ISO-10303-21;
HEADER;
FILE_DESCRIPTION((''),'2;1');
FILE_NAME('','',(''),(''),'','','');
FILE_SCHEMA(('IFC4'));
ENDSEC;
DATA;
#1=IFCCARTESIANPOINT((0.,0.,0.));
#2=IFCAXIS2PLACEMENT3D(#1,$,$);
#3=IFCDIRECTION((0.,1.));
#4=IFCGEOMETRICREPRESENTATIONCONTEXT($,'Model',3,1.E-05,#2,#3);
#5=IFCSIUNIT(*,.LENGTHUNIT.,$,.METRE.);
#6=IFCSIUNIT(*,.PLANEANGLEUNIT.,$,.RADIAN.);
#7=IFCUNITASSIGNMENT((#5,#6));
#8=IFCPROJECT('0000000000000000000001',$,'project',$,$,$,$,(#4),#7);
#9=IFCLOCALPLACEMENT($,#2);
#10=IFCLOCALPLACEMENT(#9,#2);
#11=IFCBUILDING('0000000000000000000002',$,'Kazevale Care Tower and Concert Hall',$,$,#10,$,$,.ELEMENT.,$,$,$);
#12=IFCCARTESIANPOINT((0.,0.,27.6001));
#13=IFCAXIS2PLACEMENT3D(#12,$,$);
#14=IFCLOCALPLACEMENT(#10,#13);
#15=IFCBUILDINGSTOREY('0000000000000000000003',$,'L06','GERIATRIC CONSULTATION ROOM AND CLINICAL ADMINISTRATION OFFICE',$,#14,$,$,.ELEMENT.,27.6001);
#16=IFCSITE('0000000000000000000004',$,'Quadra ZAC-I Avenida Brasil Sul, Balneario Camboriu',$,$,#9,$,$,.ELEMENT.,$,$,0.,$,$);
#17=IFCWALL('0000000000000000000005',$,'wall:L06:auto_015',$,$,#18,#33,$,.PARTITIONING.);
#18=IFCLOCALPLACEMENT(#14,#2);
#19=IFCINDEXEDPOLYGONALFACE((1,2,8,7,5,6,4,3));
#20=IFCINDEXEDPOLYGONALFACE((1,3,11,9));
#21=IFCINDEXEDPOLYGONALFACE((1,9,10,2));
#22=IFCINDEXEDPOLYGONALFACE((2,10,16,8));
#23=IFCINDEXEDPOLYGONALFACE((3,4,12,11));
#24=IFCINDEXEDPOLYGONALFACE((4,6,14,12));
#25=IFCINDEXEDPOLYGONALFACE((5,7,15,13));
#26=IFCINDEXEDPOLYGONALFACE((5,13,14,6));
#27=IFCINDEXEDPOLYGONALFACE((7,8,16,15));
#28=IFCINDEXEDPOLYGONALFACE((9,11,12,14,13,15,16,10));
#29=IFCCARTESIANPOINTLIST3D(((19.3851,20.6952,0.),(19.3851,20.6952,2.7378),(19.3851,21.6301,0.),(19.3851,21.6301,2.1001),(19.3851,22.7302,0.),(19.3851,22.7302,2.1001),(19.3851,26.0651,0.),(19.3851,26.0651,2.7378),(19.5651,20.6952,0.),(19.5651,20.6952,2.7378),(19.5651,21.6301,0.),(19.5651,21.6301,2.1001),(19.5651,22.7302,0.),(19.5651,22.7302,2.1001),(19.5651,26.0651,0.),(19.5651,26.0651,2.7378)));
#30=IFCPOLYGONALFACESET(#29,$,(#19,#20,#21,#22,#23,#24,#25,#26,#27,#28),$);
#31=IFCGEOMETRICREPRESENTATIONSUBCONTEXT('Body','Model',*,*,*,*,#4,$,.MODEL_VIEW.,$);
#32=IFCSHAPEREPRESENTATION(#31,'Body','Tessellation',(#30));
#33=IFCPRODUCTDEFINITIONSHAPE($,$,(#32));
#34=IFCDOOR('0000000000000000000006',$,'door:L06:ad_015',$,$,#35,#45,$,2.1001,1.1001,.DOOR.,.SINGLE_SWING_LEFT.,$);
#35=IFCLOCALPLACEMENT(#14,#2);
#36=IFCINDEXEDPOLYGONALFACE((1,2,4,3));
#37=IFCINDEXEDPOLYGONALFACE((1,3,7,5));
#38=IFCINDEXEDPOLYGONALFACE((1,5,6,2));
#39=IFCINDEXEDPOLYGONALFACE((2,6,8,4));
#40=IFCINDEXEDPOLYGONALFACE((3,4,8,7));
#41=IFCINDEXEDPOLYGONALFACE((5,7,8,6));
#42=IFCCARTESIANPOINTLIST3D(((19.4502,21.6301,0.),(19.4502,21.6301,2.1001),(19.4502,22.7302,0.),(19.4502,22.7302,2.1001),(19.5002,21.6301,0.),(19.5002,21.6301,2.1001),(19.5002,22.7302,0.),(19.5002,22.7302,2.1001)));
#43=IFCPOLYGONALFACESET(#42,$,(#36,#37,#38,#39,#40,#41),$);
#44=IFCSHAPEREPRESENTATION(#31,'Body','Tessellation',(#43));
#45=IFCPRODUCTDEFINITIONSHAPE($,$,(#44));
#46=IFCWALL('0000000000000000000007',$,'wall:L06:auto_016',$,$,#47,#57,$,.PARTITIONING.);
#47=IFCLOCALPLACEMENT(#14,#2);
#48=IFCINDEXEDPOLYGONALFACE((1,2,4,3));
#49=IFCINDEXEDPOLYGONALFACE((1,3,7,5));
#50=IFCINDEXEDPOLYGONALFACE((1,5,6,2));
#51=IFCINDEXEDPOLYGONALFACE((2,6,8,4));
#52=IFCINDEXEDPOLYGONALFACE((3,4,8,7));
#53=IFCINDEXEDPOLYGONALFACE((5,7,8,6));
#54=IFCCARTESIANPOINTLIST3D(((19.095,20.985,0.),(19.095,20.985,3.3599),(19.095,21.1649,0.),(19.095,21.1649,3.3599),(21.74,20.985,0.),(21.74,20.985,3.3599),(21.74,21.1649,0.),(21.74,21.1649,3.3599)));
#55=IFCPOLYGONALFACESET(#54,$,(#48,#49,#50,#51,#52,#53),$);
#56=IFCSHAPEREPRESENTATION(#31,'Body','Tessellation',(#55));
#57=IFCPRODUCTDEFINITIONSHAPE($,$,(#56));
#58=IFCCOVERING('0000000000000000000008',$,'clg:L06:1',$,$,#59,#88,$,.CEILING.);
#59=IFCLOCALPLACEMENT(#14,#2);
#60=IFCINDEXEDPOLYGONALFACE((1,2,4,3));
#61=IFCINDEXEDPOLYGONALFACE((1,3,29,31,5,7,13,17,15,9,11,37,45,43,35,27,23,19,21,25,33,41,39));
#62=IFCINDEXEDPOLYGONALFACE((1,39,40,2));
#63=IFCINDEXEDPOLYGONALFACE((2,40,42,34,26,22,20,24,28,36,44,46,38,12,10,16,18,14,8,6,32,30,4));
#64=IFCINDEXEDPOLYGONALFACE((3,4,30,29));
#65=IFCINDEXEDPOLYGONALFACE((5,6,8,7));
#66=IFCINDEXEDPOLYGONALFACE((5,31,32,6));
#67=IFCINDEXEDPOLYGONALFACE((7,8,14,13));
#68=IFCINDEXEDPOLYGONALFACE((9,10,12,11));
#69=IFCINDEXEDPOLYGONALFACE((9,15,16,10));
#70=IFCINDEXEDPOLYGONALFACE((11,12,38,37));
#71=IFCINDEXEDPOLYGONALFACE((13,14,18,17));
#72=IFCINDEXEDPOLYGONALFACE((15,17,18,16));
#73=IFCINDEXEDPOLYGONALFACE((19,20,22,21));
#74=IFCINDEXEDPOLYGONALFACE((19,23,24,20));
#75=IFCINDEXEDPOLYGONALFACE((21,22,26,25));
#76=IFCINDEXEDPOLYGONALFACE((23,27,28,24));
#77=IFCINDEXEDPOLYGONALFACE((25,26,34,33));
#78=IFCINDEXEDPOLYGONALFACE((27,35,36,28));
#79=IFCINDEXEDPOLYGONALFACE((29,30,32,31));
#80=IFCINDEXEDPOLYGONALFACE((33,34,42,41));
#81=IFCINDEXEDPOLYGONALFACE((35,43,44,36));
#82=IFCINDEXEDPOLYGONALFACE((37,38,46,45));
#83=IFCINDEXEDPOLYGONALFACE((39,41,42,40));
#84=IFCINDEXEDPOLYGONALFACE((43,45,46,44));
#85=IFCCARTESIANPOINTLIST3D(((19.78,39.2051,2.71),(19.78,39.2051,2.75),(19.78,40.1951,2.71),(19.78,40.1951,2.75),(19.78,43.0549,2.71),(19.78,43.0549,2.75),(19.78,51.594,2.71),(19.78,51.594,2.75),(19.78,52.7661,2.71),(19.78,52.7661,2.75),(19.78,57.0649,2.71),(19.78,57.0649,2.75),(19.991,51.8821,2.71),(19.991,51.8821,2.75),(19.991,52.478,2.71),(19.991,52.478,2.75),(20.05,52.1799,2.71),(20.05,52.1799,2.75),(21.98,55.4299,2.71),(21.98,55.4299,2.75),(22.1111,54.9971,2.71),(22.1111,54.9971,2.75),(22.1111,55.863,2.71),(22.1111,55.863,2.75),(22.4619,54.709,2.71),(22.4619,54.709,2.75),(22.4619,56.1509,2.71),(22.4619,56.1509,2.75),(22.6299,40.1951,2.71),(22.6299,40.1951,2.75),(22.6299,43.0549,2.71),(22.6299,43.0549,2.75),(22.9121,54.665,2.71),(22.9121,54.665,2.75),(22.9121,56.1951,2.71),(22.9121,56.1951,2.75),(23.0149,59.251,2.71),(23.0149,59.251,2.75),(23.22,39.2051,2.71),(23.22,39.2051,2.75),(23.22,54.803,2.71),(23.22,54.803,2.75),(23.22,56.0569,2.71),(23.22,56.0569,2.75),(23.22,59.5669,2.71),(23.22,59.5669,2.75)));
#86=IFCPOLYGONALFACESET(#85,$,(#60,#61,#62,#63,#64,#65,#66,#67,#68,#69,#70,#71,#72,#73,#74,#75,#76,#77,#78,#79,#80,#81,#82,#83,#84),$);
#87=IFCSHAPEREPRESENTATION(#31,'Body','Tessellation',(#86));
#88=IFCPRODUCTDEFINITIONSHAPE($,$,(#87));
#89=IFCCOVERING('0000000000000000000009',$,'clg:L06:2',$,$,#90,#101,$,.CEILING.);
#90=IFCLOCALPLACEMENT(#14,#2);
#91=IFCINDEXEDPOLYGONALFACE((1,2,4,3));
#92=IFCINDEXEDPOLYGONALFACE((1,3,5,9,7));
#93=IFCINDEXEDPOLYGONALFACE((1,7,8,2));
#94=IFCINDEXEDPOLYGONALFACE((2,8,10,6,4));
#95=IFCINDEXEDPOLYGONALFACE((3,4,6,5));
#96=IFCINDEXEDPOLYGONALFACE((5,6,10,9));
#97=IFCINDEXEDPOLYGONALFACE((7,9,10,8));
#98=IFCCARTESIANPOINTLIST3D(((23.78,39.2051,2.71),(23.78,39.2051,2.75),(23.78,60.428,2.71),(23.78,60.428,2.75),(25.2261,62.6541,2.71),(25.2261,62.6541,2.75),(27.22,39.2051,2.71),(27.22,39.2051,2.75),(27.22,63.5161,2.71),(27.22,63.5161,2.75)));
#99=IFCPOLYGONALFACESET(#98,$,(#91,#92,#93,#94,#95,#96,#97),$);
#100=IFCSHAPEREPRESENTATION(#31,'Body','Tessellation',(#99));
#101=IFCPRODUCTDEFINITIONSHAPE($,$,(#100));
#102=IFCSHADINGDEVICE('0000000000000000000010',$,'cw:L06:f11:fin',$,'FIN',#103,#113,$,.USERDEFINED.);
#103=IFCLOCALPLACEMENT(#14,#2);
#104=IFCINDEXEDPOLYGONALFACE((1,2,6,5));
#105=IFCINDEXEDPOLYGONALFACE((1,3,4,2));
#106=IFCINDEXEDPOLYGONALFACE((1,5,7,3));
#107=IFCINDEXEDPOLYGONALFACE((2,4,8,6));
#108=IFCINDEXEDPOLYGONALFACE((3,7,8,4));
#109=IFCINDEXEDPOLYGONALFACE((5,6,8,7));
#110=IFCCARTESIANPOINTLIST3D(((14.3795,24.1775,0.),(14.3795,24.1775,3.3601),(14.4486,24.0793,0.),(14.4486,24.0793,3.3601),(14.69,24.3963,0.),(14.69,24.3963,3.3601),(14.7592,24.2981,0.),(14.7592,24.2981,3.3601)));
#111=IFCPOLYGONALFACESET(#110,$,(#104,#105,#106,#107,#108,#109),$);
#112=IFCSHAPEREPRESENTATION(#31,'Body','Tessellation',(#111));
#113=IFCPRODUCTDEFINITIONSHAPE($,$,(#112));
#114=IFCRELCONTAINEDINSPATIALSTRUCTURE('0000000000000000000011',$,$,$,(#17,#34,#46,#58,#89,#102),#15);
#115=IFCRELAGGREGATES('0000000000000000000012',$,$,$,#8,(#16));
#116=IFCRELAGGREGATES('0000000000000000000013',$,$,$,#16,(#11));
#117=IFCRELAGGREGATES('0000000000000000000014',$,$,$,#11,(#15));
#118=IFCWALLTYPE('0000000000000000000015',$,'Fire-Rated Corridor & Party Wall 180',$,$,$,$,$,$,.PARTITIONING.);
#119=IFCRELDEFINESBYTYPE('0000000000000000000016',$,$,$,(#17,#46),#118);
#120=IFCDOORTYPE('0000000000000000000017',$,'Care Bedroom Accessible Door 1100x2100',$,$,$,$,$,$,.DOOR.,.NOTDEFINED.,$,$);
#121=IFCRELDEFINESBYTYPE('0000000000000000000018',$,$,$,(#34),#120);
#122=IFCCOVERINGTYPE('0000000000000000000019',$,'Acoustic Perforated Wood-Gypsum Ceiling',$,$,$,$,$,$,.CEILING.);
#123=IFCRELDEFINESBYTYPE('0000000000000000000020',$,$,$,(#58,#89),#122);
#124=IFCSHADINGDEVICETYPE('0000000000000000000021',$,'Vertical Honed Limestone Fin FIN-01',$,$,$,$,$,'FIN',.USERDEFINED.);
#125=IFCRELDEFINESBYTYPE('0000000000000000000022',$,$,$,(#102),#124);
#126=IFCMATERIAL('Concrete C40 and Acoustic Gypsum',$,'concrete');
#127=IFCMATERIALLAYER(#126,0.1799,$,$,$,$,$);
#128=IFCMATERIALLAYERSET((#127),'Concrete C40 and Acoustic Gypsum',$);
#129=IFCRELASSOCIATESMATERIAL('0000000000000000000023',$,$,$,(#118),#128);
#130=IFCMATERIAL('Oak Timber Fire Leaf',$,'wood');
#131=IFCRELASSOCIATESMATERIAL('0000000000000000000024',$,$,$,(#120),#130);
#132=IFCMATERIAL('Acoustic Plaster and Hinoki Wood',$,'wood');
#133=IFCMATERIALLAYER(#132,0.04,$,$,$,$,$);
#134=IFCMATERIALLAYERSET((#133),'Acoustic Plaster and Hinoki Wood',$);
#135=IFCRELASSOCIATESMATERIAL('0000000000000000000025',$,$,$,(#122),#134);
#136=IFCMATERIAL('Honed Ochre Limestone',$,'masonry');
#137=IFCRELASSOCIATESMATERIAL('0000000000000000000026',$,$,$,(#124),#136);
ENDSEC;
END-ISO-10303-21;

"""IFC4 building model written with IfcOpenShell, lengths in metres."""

from ifc_helpers import new_model, si_unit, direction, frame, frame_2d, origin, origin_2d, place, context, subcontext, project, spatial, polyline, rectangle, outline, extrude, material, layer, layer_set, type_object, element, fill, save


model = new_model("IFC4")

# Units and contexts
model_context = context("Model", 3, precision=1e-05, world=origin(), true_north=direction((0.0, 1.0)))
body_context = subcontext(model_context, "Body", "Model", "MODEL_VIEW")
ifc_project = project(units=[si_unit("LENGTHUNIT", "METRE"), si_unit("PLANEANGLEUNIT", "RADIAN")], contexts=[model_context])

# Site, building, storey
site_placement = place(None, origin())
site = spatial("IfcSite", under=ifc_project, at=site_placement, Name="Quadra ZAC-I Avenida Brasil Sul, Balneario Camboriu", CompositionType="ELEMENT", RefElevation=0.0)
building_placement = place(site_placement, origin())
building = spatial("IfcBuilding", under=site, at=building_placement, Name="Kazevale Care Tower and Concert Hall", CompositionType="ELEMENT")
storey_placement = place(building_placement, frame((0.0, 0.0, 27.6001)))
storey = spatial("IfcBuildingStorey", under=building, at=storey_placement, Name="L06", Description="GERIATRIC CONSULTATION ROOM AND CLINICAL ADMINISTRATION OFFICE", CompositionType="ELEMENT", Elevation=27.6001)

# Wall, opening, door
ifc_material_1 = material(Name="Concrete C40 and Acoustic Gypsum", Category="concrete")
ifc_layer_1 = layer(ifc_material_1, 0.1799)
ifc_layer_set_1 = layer_set([ifc_layer_1], Name="Concrete C40 and Acoustic Gypsum")
wall_type_1 = type_object("IfcWallType", Name="Fire-Rated Corridor & Party Wall 180", PredefinedType="PARTITIONING", material=ifc_layer_set_1)
wall_1_placement = place(storey_placement, frame((19.4751, 20.6951, 0.0), z_axis=(0.0, 0.0, 1.0), x_axis=(0.0, 1.0, 0.0)))
wall_1 = element("IfcWall", 1, at=wall_1_placement, inside=storey, type_object=wall_type_1, Name="wall:L06:auto_015", PredefinedType="PARTITIONING", context=body_context, shape_type="SweptSolid", body=[
    extrude(rectangle(XDim=5.3699, YDim=0.1799, at=frame_2d((2.6851, 0.0))), origin(), (0.0, 0.0, 1.0), 2.7378),
])
opening_placement = place(wall_1_placement, frame((0.9351, 0.0, 0.0)))
opening = element("IfcOpeningElement", 2, at=opening_placement, cuts=wall_1, PredefinedType="OPENING", context=body_context, shape_type="SweptSolid", body=[
    extrude(rectangle(XDim=1.1001, YDim=2.1001, at=frame_2d((0.55, 1.05))), frame((0.0, 0.0999, 0.0), z_axis=(0.0, -1.0, 0.0), x_axis=(1.0, 0.0, 0.0)), (0.0, 0.0, 1.0), 0.2),
])
ifc_material_2 = material(Name="Oak Timber Fire Leaf", Category="wood")
door_type = type_object("IfcDoorType", Name="Care Bedroom Accessible Door 1100x2100", OperationType="NOTDEFINED", PredefinedType="DOOR", material=ifc_material_2)
door_placement = place(opening_placement, origin())
door = element("IfcDoor", 3, at=door_placement, inside=storey, type_object=door_type, Name="door:L06:ad_015", OperationType="SINGLE_SWING_LEFT", OverallHeight=2.1001, OverallWidth=1.1001, PredefinedType="DOOR", context=body_context, shape_type="SweptSolid", body=[
    extrude(rectangle(XDim=1.1001, YDim=2.1001, at=frame_2d((0.55, 1.05))), frame((0.0, 0.0249, 0.0), z_axis=(0.0, -1.0, 0.0), x_axis=(1.0, 0.0, 0.0)), (0.0, 0.0, 1.0), 0.05),
])
fill(opening, door)

# Wall
wall_2_placement = place(storey_placement, frame((21.74, 21.075, 0.0), z_axis=(0.0, 0.0, 1.0), x_axis=(-1.0, 0.0, 0.0)))
element("IfcWall", 4, at=wall_2_placement, inside=storey, type_object=wall_type_1, Name="wall:L06:auto_016", PredefinedType="PARTITIONING", context=body_context, shape_type="SweptSolid", body=[
    extrude(rectangle(XDim=2.645, YDim=0.1799, at=frame_2d((1.3225, 0.0))), origin(), (0.0, 0.0, 1.0), 3.3599),
])

# Coverings
ifc_material_3 = material(Name="Acoustic Plaster and Hinoki Wood", Category="wood")
ifc_layer_2 = layer(ifc_material_3, 0.04)
ifc_layer_set_2 = layer_set([ifc_layer_2], Name="Acoustic Plaster and Hinoki Wood")
covering_type = type_object("IfcCoveringType", Name="Acoustic Perforated Wood-Gypsum Ceiling", PredefinedType="CEILING", material=ifc_layer_set_2)
covering_1_placement = place(storey_placement, frame((0.0, 0.0, 2.71)))
element("IfcCovering", 5, at=covering_1_placement, inside=storey, type_object=covering_type, Name="clg:L06:1", PredefinedType="CEILING", context=body_context, shape_type="SweptSolid", body=[
    extrude(outline(polyline([(22.6299, 43.0549), (19.78, 43.0549), (19.78, 51.594), (19.991, 51.8821), (20.05, 52.1799), (19.991, 52.478), (19.78, 52.7661), (19.78, 57.0649), (23.0149, 59.251), (23.22, 59.5669), (23.22, 56.0569), (22.9121, 56.1951), (22.4619, 56.1509), (22.1111, 55.863), (21.98, 55.4299), (22.1111, 54.9971), (22.4619, 54.709), (22.9121, 54.665), (23.22, 54.803), (23.22, 39.2051), (19.78, 39.2051), (19.78, 40.1951), (22.6299, 40.1951), (22.6299, 43.0549)])), origin(), (0.0, 0.0, 1.0), 0.04),
])
covering_2_placement = place(storey_placement, frame((0.0, 0.0, 2.71)))
element("IfcCovering", 6, at=covering_2_placement, inside=storey, type_object=covering_type, Name="clg:L06:2", PredefinedType="CEILING", context=body_context, shape_type="SweptSolid", body=[
    extrude(outline(polyline([(27.22, 39.2051), (23.78, 39.2051), (23.78, 60.428), (25.2261, 62.6541), (27.22, 63.5161), (27.22, 39.2051)])), origin(), (0.0, 0.0, 1.0), 0.04),
])

# Shading device
ifc_material_4 = material(Name="Honed Ochre Limestone", Category="masonry")
shading_device_type = type_object("IfcShadingDeviceType", Name="Vertical Honed Limestone Fin FIN-01", ElementType="FIN", PredefinedType="USERDEFINED", material=ifc_material_4)
shading_device_placement = place(storey_placement, frame((14.5693, 24.2378, 0.0), z_axis=(0.0, 0.0, 1.0), x_axis=(-0.817547, -0.575862, 0.0)))
element("IfcShadingDevice", 7, at=shading_device_placement, inside=storey, type_object=shading_device_type, Name="cw:L06:f11:fin", ObjectType="FIN", PredefinedType="USERDEFINED", context=body_context, shape_type="SweptSolid", body=[
    extrude(rectangle(XDim=0.3799, YDim=0.1201, at=origin_2d()), origin(), (0.0, 0.0, 1.0), 3.3601),
])

save(model, "model.ifc")
